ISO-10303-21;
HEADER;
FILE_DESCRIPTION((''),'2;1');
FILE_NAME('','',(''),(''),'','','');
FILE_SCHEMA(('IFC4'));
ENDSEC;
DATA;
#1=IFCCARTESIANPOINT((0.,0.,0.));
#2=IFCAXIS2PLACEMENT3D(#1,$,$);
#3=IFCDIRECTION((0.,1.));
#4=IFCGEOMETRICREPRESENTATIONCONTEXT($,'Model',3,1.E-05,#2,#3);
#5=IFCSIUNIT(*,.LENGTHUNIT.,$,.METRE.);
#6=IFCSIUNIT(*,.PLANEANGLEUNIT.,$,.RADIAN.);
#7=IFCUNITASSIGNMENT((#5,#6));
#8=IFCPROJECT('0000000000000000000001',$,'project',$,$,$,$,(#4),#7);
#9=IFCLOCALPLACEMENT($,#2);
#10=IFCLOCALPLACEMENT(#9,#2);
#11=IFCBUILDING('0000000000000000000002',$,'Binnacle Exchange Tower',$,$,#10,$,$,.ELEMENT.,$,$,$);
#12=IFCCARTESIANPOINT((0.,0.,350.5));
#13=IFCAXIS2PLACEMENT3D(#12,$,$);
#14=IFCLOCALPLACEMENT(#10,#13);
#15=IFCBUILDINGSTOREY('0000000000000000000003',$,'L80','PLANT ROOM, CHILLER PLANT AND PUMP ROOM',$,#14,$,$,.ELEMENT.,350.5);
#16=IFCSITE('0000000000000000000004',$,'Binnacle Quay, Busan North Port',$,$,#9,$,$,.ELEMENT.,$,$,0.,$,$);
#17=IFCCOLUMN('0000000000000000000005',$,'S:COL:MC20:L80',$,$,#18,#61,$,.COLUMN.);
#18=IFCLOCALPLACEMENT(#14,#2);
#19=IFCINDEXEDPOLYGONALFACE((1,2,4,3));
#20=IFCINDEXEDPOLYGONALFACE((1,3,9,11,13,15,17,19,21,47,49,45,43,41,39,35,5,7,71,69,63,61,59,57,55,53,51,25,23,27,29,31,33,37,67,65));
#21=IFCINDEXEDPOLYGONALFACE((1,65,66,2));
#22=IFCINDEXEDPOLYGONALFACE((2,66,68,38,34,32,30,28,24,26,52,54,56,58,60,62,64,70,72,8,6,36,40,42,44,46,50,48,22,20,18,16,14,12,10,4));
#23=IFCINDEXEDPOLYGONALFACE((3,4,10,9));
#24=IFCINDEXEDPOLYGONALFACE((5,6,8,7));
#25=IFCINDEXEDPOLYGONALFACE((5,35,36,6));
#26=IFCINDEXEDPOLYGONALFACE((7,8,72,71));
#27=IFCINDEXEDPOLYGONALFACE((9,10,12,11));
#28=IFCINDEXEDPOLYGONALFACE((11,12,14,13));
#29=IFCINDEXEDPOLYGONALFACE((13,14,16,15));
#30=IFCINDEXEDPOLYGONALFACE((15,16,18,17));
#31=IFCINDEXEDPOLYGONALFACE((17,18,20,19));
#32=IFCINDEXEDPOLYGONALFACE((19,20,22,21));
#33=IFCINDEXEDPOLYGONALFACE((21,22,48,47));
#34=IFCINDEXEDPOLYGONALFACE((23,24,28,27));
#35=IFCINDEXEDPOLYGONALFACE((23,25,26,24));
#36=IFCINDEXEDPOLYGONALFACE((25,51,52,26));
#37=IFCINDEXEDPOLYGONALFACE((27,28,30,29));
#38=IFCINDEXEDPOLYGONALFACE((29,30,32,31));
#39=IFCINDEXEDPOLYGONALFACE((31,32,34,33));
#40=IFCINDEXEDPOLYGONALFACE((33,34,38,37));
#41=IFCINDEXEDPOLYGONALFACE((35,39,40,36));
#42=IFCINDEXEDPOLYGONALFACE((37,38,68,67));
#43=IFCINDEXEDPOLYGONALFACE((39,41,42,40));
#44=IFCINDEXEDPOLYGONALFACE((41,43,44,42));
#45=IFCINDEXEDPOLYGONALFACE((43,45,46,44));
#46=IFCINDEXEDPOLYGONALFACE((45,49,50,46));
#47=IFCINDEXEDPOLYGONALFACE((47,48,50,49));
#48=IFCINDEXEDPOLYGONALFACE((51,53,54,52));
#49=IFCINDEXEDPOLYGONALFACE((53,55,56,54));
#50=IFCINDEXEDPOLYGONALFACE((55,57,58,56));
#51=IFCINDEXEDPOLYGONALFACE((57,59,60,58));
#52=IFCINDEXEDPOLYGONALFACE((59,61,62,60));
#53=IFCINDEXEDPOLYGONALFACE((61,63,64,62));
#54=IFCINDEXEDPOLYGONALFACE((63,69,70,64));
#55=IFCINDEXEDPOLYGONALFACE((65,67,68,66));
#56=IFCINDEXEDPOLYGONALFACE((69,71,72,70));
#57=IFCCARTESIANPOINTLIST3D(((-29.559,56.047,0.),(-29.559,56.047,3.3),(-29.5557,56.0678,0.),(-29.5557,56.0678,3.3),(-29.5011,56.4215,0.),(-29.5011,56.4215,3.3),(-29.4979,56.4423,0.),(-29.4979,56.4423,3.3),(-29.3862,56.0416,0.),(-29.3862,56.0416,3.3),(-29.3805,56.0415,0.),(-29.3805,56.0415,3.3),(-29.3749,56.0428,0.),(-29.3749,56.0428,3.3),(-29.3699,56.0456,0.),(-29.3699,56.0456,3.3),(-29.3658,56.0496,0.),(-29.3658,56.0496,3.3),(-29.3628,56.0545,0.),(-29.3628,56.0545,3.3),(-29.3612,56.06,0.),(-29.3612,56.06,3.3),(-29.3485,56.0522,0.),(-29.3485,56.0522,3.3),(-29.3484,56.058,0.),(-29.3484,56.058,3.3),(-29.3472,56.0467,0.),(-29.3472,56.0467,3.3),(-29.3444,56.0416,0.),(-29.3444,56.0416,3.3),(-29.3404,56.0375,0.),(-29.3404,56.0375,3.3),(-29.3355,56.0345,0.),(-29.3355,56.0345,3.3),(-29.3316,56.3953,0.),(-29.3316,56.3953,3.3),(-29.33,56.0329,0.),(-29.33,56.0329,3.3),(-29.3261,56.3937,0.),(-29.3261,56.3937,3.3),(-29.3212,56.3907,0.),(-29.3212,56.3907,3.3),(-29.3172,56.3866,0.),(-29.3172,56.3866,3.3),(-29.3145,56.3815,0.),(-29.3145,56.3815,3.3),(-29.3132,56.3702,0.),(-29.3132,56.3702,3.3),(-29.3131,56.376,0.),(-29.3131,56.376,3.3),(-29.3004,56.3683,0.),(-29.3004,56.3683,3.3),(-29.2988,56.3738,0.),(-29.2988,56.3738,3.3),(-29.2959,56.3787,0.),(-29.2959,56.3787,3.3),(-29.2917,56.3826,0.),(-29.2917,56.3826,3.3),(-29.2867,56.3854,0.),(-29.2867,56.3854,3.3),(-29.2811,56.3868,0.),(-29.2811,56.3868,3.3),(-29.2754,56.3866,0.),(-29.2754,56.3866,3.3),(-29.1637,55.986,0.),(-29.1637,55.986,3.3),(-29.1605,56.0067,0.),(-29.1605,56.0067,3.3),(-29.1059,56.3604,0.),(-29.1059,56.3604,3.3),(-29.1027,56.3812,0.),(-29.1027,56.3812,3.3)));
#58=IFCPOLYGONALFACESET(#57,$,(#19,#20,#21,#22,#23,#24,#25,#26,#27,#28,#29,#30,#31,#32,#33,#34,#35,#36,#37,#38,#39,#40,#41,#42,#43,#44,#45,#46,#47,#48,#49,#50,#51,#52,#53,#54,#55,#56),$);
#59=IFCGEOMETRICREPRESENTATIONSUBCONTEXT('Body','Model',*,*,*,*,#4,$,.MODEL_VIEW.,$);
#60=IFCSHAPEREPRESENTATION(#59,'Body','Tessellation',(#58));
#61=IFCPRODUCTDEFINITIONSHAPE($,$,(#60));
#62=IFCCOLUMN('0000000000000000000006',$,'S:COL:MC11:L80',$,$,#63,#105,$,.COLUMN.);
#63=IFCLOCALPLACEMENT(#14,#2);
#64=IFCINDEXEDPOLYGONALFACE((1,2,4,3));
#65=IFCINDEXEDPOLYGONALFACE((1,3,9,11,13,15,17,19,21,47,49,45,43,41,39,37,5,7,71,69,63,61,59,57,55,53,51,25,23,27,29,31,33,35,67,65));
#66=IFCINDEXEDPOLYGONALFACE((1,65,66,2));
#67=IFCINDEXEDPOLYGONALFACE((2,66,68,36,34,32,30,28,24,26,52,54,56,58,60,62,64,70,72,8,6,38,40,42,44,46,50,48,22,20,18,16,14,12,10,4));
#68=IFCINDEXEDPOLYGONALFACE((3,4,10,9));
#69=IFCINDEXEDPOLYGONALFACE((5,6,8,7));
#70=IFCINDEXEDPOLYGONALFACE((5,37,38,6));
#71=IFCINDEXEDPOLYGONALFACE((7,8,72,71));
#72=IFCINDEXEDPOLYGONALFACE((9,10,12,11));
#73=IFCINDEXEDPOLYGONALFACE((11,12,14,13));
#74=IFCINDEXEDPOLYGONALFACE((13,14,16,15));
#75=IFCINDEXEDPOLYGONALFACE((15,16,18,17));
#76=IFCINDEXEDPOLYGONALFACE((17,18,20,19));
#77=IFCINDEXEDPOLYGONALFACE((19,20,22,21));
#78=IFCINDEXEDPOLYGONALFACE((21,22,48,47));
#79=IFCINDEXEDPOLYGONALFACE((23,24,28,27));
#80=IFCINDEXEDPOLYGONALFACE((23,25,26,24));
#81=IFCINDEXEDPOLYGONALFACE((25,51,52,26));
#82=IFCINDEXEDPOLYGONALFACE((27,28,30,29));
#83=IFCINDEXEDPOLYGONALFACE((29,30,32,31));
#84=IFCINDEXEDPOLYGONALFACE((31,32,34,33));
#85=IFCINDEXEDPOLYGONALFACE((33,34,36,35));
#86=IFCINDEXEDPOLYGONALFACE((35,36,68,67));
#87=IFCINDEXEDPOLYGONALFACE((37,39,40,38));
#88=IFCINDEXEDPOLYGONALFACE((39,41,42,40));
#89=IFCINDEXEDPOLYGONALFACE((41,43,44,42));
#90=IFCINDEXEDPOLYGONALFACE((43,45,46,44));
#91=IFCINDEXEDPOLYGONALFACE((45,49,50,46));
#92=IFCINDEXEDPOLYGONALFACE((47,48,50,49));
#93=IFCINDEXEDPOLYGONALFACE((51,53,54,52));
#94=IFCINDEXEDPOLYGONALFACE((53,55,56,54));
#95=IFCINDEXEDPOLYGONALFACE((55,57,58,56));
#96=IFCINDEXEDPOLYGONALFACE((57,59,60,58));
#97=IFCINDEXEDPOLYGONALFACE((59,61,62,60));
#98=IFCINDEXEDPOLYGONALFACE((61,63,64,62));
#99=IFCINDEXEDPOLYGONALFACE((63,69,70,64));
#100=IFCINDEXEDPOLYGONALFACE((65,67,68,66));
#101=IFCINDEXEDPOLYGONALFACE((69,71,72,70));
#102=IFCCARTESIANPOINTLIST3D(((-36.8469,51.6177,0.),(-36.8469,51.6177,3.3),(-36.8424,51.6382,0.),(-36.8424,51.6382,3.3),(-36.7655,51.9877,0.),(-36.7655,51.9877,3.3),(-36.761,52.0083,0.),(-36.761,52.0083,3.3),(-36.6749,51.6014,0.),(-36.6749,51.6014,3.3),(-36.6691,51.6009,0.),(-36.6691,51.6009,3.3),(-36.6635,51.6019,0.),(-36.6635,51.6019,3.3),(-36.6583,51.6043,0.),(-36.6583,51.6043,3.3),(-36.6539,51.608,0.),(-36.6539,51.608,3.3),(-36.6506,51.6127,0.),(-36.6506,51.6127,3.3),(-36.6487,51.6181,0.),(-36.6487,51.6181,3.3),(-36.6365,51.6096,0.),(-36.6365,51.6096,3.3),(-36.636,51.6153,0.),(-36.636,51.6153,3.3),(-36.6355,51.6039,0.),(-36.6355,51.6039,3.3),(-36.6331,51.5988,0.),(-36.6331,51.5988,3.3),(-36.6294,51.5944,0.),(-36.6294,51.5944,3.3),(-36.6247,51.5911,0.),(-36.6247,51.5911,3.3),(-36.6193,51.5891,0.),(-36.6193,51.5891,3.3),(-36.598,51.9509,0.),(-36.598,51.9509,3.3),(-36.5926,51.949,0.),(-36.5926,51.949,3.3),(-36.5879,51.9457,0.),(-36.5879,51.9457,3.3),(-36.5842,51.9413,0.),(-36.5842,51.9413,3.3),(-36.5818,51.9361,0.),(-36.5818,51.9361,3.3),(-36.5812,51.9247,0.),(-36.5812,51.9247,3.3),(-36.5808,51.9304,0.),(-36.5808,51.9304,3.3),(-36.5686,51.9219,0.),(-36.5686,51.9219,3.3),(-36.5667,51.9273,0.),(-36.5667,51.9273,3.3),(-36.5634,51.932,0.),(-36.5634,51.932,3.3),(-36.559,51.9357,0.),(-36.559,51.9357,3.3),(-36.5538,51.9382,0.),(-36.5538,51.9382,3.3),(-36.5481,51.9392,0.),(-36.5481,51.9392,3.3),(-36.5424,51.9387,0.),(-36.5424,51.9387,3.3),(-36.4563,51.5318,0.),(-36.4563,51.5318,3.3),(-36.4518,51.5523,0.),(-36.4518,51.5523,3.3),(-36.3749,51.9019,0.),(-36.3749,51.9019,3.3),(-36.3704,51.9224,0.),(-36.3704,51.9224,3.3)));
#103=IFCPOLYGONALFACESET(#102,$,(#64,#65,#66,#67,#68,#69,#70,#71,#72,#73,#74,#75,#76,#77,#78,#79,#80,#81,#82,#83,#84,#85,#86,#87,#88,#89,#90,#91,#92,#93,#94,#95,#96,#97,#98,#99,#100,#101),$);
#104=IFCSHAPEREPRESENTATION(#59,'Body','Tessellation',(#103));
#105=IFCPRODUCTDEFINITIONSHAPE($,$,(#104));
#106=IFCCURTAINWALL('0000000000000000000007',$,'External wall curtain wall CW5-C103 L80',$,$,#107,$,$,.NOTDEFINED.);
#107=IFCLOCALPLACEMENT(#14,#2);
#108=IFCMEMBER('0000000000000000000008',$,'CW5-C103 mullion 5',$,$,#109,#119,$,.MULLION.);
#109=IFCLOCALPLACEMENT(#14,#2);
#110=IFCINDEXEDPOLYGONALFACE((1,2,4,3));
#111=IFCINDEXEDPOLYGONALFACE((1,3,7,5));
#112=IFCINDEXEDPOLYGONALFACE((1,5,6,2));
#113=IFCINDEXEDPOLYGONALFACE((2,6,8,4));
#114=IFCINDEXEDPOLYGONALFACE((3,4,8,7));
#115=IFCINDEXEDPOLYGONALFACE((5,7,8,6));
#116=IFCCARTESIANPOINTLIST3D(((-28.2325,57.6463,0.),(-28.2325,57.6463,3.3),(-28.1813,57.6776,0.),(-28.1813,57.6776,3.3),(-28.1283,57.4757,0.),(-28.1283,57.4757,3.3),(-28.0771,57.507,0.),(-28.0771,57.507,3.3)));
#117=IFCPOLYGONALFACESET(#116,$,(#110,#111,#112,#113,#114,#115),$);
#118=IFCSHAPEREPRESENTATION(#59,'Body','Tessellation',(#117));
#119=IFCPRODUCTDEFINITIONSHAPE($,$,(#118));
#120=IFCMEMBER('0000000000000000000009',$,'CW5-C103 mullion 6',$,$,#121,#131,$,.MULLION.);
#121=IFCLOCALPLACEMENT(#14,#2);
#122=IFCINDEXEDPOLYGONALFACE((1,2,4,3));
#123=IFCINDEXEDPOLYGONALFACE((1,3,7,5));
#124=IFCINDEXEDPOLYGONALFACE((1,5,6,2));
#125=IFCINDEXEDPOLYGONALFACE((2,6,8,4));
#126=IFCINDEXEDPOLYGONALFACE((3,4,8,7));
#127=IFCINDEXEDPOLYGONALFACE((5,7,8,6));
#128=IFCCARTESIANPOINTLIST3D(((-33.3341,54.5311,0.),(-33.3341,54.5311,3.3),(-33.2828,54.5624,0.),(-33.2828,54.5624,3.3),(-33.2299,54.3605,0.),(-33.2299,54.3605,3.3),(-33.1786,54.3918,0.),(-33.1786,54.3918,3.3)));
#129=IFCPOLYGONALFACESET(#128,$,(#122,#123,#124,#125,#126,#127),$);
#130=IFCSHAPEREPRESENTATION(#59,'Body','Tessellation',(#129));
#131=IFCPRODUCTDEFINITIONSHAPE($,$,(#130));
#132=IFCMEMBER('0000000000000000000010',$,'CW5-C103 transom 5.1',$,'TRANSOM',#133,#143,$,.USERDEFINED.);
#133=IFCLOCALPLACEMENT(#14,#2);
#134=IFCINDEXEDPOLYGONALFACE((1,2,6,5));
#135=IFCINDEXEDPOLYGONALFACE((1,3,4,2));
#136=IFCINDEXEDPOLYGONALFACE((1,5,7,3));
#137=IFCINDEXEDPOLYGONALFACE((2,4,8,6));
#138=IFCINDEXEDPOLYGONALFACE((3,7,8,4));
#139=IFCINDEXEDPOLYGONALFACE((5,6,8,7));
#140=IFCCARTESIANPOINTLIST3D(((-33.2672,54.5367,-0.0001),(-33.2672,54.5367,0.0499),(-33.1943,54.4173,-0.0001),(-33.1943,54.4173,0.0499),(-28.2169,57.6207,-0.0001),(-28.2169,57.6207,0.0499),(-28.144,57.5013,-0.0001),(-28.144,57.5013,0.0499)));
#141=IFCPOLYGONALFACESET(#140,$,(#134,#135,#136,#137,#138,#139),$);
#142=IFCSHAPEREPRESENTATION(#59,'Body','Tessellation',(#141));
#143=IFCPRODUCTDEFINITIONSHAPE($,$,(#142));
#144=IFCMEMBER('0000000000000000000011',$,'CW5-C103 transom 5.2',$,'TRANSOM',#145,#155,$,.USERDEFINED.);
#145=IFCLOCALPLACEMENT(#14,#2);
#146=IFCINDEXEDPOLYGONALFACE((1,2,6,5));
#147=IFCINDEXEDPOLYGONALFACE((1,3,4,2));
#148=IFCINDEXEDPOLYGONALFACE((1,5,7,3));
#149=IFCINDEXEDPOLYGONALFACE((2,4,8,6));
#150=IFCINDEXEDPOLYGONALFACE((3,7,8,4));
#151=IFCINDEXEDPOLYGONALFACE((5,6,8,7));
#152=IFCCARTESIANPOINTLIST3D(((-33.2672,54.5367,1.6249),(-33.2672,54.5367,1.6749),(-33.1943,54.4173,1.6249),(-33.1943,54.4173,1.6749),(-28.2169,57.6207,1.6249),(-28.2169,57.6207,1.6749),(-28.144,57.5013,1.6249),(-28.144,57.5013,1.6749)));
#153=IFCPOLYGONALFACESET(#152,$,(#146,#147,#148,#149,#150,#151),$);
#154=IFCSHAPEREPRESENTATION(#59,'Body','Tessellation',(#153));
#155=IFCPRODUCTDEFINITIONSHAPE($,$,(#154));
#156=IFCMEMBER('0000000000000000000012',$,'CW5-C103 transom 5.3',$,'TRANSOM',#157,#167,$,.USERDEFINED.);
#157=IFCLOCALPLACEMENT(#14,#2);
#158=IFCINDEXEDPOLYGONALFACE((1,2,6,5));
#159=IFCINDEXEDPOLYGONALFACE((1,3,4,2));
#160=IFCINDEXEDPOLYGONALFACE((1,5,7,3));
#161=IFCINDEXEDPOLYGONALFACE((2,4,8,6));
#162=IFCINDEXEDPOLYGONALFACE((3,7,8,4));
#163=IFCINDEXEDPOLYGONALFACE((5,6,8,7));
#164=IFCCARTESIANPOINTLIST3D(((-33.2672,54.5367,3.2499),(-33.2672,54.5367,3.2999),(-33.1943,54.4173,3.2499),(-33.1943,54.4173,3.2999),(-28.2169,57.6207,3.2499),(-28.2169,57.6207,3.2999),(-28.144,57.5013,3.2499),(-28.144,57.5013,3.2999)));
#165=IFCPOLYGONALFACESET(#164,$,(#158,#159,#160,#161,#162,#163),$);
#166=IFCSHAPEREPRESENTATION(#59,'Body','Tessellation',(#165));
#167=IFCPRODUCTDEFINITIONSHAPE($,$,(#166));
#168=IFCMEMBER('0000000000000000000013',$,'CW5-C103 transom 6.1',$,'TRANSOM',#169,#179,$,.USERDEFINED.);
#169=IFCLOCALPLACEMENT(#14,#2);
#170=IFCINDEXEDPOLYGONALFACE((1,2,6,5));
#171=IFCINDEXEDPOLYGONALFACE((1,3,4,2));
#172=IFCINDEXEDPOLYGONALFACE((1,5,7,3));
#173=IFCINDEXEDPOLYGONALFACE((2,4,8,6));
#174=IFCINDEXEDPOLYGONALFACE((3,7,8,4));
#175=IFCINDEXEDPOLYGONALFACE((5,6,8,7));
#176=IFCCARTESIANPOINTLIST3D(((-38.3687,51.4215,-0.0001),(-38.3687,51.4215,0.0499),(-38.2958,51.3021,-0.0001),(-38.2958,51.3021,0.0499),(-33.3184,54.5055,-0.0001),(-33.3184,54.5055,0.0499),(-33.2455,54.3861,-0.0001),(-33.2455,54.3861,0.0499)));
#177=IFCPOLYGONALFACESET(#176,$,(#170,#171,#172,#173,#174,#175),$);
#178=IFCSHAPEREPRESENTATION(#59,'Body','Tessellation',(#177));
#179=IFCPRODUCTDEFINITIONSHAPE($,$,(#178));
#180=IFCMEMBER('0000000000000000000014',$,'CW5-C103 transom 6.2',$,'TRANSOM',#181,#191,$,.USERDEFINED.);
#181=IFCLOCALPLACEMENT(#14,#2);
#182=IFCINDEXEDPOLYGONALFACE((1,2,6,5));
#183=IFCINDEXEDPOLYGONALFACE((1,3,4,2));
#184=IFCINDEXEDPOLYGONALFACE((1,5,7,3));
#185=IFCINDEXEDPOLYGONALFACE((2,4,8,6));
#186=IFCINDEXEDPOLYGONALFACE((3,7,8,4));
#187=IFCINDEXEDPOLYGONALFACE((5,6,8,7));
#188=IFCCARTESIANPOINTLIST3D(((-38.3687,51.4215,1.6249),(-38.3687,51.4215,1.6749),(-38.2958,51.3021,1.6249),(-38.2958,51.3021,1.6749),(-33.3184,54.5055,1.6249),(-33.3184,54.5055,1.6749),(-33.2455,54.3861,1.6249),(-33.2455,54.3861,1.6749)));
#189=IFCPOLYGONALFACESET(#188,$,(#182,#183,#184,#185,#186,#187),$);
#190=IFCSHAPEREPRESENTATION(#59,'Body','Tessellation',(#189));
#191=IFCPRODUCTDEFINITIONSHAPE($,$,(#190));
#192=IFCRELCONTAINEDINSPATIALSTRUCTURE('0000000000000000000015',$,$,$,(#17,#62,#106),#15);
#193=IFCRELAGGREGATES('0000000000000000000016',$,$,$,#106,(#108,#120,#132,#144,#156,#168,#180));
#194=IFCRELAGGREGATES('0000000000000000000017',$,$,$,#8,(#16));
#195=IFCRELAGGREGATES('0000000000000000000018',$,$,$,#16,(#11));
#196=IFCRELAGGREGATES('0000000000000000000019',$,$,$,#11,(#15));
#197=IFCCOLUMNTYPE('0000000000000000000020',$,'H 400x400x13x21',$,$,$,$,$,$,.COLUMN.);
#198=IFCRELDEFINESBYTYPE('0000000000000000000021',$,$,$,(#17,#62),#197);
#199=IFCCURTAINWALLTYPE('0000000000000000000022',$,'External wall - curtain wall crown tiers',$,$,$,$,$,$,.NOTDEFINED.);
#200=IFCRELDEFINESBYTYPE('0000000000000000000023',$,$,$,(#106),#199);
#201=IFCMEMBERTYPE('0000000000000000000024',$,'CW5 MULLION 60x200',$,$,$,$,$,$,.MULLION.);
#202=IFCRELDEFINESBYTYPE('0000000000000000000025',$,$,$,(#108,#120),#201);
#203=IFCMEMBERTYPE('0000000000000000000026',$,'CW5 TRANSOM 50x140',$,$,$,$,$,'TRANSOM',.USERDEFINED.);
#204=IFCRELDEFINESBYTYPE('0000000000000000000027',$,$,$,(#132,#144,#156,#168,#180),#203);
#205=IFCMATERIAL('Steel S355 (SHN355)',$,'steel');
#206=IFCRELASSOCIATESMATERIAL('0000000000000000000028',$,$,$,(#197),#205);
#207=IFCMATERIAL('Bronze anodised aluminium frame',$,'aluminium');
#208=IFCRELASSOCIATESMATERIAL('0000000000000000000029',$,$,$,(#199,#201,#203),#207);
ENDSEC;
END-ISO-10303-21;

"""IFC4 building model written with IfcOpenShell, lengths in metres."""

from ifc_helpers import new_model, si_unit, direction, frame, origin, origin_2d, place, context, subcontext, project, spatial, rectangle, i_section, extrude, material, material_profile, profile_set, type_object, element, aggregate, save


model = new_model("IFC4")

# Units and contexts
model_context = context("Model", 3, precision=1e-05, world=origin(), true_north=direction((0.0, 1.0)))
body_context = subcontext(model_context, "Body", "Model", "MODEL_VIEW")
ifc_project = project(units=[si_unit("LENGTHUNIT", "METRE"), si_unit("PLANEANGLEUNIT", "RADIAN")], contexts=[model_context])

# Site, building, storey
site_placement = place(None, origin())
site = spatial("IfcSite", under=ifc_project, at=site_placement, Name="Binnacle Quay, Busan North Port", CompositionType="ELEMENT", RefElevation=0.0)
building_placement = place(site_placement, origin())
building = spatial("IfcBuilding", under=site, at=building_placement, Name="Binnacle Exchange Tower", CompositionType="ELEMENT")
storey_placement = place(building_placement, frame((0.0, 0.0, 350.5)))
storey = spatial("IfcBuildingStorey", under=building, at=storey_placement, Name="L80", Description="PLANT ROOM, CHILLER PLANT AND PUMP ROOM", CompositionType="ELEMENT", Elevation=350.5)

# Columns
ifc_material_1 = material(Name="Steel S355 (SHN355)", Category="steel")
ifc_material_profile_1 = material_profile(ifc_material_1, i_section(OverallWidth=0.3999, OverallDepth=0.3999, WebThickness=0.0129, FlangeThickness=0.021, FilletRadius=0.022, at=origin_2d()), Name="H 400x400x13x21")
ifc_profile_set_1 = profile_set([ifc_material_profile_1], Name="Steel S355 (SHN355)")
column_type = type_object("IfcColumnType", Name="H 400x400x13x21", PredefinedType="COLUMN", material=ifc_profile_set_1)
for number, where, z_axis, x_axis, name in (
    (1, (-29.3308, 56.2141, 0.0), (0.0, 0.0, 1.0), (-0.988271, 0.15271, 0.0), "S:COL:MC20:L80"),
    (2, (-36.6086, 51.77, 0.0), (0.0, 0.0, 1.0), (-0.976661, 0.214786, 0.0), "S:COL:MC11:L80"),
):
    element("IfcColumn", number, at=place(storey_placement, frame(where, z_axis=z_axis, x_axis=x_axis)), inside=storey, type_object=column_type, Name=name, PredefinedType="COLUMN", context=body_context, shape_type="SweptSolid", body=[
        extrude(i_section(OverallWidth=0.3999, OverallDepth=0.3999, WebThickness=0.0129, FlangeThickness=0.021, FilletRadius=0.022, at=origin_2d()), origin(), (0.0, 0.0, 1.0), 3.3),
    ])

# Curtain wall, members
ifc_material_2 = material(Name="Bronze anodised aluminium frame", Category="aluminium")
curtain_wall_type = type_object("IfcCurtainWallType", Name="External wall - curtain wall crown tiers", PredefinedType="NOTDEFINED", material=ifc_material_2)
curtain_wall_placement = place(storey_placement, origin())
curtain_wall = element("IfcCurtainWall", 3, at=curtain_wall_placement, inside=storey, type_object=curtain_wall_type, Name="External wall curtain wall CW5-C103 L80", PredefinedType="NOTDEFINED")
ifc_material_profile_2 = material_profile(ifc_material_2, rectangle(XDim=0.2, YDim=0.0601, at=origin_2d()), Name="AL 60x200")
ifc_profile_set_2 = profile_set([ifc_material_profile_2], Name="Bronze anodised aluminium frame")
member_type_1 = type_object("IfcMemberType", Name="CW5 MULLION 60x200", PredefinedType="MULLION", material=ifc_profile_set_2)
member_1_placement = place(storey_placement, frame((-28.1548, 57.5767, 0.0), z_axis=(0.0, 0.0, 1.0), x_axis=(0.521157, -0.853461, 0.0)))
member_1 = element("IfcMember", 4, at=member_1_placement, type_object=member_type_1, Name="CW5-C103 mullion 5", PredefinedType="MULLION", context=body_context, shape_type="SweptSolid", body=[
    extrude(rectangle(XDim=0.2, YDim=0.0601, at=origin_2d()), origin(), (0.0, 0.0, 1.0), 3.3),
])
member_2_placement = place(storey_placement, frame((-33.2563, 54.4614, 0.0), z_axis=(0.0, 0.0, 1.0), x_axis=(0.521157, -0.853461, 0.0)))
member_2 = element("IfcMember", 5, at=member_2_placement, type_object=member_type_1, Name="CW5-C103 mullion 6", PredefinedType="MULLION", context=body_context, shape_type="SweptSolid", body=[
    extrude(rectangle(XDim=0.2, YDim=0.0601, at=origin_2d()), origin(), (0.0, 0.0, 1.0), 3.3),
])
ifc_material_profile_3 = material_profile(ifc_material_2, rectangle(XDim=0.1399, YDim=0.05, at=origin_2d()), Name="AL 140x50")
ifc_profile_set_3 = profile_set([ifc_material_profile_3], Name="Bronze anodised aluminium frame")
member_type_2 = type_object("IfcMemberType", Name="CW5 TRANSOM 50x140", ElementType="TRANSOM", PredefinedType="USERDEFINED", material=ifc_profile_set_3)
member_3_placement = place(storey_placement, frame((-28.1804, 57.561, 0.0249), z_axis=(-0.853455, -0.521166, 0.0), x_axis=(0.521166, -0.853455, 0.0)))
member_3 = element("IfcMember", 6, at=member_3_placement, type_object=member_type_2, Name="CW5-C103 transom 5.1", ObjectType="TRANSOM", PredefinedType="USERDEFINED", context=body_context, shape_type="SweptSolid", body=[
    extrude(rectangle(XDim=0.1399, YDim=0.05, at=origin_2d()), origin(), (0.0, 0.0, 1.0), 5.9175),
])
member_4_placement = place(storey_placement, frame((-28.1804, 57.561, 1.6499), z_axis=(-0.853455, -0.521166, 0.0), x_axis=(0.521166, -0.853455, 0.0)))
member_4 = element("IfcMember", 7, at=member_4_placement, type_object=member_type_2, Name="CW5-C103 transom 5.2", ObjectType="TRANSOM", PredefinedType="USERDEFINED", context=body_context, shape_type="SweptSolid", body=[
    extrude(rectangle(XDim=0.1399, YDim=0.05, at=origin_2d()), origin(), (0.0, 0.0, 1.0), 5.9175),
])
member_5_placement = place(storey_placement, frame((-28.1804, 57.561, 3.2749), z_axis=(-0.853455, -0.521166, 0.0), x_axis=(0.521166, -0.853455, 0.0)))
member_5 = element("IfcMember", 8, at=member_5_placement, type_object=member_type_2, Name="CW5-C103 transom 5.3", ObjectType="TRANSOM", PredefinedType="USERDEFINED", context=body_context, shape_type="SweptSolid", body=[
    extrude(rectangle(XDim=0.1399, YDim=0.05, at=origin_2d()), origin(), (0.0, 0.0, 1.0), 5.9175),
])
member_6_placement = place(storey_placement, frame((-33.282, 54.4458, 0.0249), z_axis=(-0.853455, -0.521166, 0.0), x_axis=(0.521166, -0.853455, 0.0)))
member_6 = element("IfcMember", 9, at=member_6_placement, type_object=member_type_2, Name="CW5-C103 transom 6.1", ObjectType="TRANSOM", PredefinedType="USERDEFINED", context=body_context, shape_type="SweptSolid", body=[
    extrude(rectangle(XDim=0.1399, YDim=0.05, at=origin_2d()), origin(), (0.0, 0.0, 1.0), 5.9175),
])
member_7_placement = place(storey_placement, frame((-33.282, 54.4458, 1.6499), z_axis=(-0.853455, -0.521166, 0.0), x_axis=(0.521166, -0.853455, 0.0)))
member_7 = element("IfcMember", 10, at=member_7_placement, type_object=member_type_2, Name="CW5-C103 transom 6.2", ObjectType="TRANSOM", PredefinedType="USERDEFINED", context=body_context, shape_type="SweptSolid", body=[
    extrude(rectangle(XDim=0.1399, YDim=0.05, at=origin_2d()), origin(), (0.0, 0.0, 1.0), 5.9175),
])

aggregate(curtain_wall, [member_1, member_2, member_3, member_4, member_5, member_6, member_7])

save(model, "model.ifc")
